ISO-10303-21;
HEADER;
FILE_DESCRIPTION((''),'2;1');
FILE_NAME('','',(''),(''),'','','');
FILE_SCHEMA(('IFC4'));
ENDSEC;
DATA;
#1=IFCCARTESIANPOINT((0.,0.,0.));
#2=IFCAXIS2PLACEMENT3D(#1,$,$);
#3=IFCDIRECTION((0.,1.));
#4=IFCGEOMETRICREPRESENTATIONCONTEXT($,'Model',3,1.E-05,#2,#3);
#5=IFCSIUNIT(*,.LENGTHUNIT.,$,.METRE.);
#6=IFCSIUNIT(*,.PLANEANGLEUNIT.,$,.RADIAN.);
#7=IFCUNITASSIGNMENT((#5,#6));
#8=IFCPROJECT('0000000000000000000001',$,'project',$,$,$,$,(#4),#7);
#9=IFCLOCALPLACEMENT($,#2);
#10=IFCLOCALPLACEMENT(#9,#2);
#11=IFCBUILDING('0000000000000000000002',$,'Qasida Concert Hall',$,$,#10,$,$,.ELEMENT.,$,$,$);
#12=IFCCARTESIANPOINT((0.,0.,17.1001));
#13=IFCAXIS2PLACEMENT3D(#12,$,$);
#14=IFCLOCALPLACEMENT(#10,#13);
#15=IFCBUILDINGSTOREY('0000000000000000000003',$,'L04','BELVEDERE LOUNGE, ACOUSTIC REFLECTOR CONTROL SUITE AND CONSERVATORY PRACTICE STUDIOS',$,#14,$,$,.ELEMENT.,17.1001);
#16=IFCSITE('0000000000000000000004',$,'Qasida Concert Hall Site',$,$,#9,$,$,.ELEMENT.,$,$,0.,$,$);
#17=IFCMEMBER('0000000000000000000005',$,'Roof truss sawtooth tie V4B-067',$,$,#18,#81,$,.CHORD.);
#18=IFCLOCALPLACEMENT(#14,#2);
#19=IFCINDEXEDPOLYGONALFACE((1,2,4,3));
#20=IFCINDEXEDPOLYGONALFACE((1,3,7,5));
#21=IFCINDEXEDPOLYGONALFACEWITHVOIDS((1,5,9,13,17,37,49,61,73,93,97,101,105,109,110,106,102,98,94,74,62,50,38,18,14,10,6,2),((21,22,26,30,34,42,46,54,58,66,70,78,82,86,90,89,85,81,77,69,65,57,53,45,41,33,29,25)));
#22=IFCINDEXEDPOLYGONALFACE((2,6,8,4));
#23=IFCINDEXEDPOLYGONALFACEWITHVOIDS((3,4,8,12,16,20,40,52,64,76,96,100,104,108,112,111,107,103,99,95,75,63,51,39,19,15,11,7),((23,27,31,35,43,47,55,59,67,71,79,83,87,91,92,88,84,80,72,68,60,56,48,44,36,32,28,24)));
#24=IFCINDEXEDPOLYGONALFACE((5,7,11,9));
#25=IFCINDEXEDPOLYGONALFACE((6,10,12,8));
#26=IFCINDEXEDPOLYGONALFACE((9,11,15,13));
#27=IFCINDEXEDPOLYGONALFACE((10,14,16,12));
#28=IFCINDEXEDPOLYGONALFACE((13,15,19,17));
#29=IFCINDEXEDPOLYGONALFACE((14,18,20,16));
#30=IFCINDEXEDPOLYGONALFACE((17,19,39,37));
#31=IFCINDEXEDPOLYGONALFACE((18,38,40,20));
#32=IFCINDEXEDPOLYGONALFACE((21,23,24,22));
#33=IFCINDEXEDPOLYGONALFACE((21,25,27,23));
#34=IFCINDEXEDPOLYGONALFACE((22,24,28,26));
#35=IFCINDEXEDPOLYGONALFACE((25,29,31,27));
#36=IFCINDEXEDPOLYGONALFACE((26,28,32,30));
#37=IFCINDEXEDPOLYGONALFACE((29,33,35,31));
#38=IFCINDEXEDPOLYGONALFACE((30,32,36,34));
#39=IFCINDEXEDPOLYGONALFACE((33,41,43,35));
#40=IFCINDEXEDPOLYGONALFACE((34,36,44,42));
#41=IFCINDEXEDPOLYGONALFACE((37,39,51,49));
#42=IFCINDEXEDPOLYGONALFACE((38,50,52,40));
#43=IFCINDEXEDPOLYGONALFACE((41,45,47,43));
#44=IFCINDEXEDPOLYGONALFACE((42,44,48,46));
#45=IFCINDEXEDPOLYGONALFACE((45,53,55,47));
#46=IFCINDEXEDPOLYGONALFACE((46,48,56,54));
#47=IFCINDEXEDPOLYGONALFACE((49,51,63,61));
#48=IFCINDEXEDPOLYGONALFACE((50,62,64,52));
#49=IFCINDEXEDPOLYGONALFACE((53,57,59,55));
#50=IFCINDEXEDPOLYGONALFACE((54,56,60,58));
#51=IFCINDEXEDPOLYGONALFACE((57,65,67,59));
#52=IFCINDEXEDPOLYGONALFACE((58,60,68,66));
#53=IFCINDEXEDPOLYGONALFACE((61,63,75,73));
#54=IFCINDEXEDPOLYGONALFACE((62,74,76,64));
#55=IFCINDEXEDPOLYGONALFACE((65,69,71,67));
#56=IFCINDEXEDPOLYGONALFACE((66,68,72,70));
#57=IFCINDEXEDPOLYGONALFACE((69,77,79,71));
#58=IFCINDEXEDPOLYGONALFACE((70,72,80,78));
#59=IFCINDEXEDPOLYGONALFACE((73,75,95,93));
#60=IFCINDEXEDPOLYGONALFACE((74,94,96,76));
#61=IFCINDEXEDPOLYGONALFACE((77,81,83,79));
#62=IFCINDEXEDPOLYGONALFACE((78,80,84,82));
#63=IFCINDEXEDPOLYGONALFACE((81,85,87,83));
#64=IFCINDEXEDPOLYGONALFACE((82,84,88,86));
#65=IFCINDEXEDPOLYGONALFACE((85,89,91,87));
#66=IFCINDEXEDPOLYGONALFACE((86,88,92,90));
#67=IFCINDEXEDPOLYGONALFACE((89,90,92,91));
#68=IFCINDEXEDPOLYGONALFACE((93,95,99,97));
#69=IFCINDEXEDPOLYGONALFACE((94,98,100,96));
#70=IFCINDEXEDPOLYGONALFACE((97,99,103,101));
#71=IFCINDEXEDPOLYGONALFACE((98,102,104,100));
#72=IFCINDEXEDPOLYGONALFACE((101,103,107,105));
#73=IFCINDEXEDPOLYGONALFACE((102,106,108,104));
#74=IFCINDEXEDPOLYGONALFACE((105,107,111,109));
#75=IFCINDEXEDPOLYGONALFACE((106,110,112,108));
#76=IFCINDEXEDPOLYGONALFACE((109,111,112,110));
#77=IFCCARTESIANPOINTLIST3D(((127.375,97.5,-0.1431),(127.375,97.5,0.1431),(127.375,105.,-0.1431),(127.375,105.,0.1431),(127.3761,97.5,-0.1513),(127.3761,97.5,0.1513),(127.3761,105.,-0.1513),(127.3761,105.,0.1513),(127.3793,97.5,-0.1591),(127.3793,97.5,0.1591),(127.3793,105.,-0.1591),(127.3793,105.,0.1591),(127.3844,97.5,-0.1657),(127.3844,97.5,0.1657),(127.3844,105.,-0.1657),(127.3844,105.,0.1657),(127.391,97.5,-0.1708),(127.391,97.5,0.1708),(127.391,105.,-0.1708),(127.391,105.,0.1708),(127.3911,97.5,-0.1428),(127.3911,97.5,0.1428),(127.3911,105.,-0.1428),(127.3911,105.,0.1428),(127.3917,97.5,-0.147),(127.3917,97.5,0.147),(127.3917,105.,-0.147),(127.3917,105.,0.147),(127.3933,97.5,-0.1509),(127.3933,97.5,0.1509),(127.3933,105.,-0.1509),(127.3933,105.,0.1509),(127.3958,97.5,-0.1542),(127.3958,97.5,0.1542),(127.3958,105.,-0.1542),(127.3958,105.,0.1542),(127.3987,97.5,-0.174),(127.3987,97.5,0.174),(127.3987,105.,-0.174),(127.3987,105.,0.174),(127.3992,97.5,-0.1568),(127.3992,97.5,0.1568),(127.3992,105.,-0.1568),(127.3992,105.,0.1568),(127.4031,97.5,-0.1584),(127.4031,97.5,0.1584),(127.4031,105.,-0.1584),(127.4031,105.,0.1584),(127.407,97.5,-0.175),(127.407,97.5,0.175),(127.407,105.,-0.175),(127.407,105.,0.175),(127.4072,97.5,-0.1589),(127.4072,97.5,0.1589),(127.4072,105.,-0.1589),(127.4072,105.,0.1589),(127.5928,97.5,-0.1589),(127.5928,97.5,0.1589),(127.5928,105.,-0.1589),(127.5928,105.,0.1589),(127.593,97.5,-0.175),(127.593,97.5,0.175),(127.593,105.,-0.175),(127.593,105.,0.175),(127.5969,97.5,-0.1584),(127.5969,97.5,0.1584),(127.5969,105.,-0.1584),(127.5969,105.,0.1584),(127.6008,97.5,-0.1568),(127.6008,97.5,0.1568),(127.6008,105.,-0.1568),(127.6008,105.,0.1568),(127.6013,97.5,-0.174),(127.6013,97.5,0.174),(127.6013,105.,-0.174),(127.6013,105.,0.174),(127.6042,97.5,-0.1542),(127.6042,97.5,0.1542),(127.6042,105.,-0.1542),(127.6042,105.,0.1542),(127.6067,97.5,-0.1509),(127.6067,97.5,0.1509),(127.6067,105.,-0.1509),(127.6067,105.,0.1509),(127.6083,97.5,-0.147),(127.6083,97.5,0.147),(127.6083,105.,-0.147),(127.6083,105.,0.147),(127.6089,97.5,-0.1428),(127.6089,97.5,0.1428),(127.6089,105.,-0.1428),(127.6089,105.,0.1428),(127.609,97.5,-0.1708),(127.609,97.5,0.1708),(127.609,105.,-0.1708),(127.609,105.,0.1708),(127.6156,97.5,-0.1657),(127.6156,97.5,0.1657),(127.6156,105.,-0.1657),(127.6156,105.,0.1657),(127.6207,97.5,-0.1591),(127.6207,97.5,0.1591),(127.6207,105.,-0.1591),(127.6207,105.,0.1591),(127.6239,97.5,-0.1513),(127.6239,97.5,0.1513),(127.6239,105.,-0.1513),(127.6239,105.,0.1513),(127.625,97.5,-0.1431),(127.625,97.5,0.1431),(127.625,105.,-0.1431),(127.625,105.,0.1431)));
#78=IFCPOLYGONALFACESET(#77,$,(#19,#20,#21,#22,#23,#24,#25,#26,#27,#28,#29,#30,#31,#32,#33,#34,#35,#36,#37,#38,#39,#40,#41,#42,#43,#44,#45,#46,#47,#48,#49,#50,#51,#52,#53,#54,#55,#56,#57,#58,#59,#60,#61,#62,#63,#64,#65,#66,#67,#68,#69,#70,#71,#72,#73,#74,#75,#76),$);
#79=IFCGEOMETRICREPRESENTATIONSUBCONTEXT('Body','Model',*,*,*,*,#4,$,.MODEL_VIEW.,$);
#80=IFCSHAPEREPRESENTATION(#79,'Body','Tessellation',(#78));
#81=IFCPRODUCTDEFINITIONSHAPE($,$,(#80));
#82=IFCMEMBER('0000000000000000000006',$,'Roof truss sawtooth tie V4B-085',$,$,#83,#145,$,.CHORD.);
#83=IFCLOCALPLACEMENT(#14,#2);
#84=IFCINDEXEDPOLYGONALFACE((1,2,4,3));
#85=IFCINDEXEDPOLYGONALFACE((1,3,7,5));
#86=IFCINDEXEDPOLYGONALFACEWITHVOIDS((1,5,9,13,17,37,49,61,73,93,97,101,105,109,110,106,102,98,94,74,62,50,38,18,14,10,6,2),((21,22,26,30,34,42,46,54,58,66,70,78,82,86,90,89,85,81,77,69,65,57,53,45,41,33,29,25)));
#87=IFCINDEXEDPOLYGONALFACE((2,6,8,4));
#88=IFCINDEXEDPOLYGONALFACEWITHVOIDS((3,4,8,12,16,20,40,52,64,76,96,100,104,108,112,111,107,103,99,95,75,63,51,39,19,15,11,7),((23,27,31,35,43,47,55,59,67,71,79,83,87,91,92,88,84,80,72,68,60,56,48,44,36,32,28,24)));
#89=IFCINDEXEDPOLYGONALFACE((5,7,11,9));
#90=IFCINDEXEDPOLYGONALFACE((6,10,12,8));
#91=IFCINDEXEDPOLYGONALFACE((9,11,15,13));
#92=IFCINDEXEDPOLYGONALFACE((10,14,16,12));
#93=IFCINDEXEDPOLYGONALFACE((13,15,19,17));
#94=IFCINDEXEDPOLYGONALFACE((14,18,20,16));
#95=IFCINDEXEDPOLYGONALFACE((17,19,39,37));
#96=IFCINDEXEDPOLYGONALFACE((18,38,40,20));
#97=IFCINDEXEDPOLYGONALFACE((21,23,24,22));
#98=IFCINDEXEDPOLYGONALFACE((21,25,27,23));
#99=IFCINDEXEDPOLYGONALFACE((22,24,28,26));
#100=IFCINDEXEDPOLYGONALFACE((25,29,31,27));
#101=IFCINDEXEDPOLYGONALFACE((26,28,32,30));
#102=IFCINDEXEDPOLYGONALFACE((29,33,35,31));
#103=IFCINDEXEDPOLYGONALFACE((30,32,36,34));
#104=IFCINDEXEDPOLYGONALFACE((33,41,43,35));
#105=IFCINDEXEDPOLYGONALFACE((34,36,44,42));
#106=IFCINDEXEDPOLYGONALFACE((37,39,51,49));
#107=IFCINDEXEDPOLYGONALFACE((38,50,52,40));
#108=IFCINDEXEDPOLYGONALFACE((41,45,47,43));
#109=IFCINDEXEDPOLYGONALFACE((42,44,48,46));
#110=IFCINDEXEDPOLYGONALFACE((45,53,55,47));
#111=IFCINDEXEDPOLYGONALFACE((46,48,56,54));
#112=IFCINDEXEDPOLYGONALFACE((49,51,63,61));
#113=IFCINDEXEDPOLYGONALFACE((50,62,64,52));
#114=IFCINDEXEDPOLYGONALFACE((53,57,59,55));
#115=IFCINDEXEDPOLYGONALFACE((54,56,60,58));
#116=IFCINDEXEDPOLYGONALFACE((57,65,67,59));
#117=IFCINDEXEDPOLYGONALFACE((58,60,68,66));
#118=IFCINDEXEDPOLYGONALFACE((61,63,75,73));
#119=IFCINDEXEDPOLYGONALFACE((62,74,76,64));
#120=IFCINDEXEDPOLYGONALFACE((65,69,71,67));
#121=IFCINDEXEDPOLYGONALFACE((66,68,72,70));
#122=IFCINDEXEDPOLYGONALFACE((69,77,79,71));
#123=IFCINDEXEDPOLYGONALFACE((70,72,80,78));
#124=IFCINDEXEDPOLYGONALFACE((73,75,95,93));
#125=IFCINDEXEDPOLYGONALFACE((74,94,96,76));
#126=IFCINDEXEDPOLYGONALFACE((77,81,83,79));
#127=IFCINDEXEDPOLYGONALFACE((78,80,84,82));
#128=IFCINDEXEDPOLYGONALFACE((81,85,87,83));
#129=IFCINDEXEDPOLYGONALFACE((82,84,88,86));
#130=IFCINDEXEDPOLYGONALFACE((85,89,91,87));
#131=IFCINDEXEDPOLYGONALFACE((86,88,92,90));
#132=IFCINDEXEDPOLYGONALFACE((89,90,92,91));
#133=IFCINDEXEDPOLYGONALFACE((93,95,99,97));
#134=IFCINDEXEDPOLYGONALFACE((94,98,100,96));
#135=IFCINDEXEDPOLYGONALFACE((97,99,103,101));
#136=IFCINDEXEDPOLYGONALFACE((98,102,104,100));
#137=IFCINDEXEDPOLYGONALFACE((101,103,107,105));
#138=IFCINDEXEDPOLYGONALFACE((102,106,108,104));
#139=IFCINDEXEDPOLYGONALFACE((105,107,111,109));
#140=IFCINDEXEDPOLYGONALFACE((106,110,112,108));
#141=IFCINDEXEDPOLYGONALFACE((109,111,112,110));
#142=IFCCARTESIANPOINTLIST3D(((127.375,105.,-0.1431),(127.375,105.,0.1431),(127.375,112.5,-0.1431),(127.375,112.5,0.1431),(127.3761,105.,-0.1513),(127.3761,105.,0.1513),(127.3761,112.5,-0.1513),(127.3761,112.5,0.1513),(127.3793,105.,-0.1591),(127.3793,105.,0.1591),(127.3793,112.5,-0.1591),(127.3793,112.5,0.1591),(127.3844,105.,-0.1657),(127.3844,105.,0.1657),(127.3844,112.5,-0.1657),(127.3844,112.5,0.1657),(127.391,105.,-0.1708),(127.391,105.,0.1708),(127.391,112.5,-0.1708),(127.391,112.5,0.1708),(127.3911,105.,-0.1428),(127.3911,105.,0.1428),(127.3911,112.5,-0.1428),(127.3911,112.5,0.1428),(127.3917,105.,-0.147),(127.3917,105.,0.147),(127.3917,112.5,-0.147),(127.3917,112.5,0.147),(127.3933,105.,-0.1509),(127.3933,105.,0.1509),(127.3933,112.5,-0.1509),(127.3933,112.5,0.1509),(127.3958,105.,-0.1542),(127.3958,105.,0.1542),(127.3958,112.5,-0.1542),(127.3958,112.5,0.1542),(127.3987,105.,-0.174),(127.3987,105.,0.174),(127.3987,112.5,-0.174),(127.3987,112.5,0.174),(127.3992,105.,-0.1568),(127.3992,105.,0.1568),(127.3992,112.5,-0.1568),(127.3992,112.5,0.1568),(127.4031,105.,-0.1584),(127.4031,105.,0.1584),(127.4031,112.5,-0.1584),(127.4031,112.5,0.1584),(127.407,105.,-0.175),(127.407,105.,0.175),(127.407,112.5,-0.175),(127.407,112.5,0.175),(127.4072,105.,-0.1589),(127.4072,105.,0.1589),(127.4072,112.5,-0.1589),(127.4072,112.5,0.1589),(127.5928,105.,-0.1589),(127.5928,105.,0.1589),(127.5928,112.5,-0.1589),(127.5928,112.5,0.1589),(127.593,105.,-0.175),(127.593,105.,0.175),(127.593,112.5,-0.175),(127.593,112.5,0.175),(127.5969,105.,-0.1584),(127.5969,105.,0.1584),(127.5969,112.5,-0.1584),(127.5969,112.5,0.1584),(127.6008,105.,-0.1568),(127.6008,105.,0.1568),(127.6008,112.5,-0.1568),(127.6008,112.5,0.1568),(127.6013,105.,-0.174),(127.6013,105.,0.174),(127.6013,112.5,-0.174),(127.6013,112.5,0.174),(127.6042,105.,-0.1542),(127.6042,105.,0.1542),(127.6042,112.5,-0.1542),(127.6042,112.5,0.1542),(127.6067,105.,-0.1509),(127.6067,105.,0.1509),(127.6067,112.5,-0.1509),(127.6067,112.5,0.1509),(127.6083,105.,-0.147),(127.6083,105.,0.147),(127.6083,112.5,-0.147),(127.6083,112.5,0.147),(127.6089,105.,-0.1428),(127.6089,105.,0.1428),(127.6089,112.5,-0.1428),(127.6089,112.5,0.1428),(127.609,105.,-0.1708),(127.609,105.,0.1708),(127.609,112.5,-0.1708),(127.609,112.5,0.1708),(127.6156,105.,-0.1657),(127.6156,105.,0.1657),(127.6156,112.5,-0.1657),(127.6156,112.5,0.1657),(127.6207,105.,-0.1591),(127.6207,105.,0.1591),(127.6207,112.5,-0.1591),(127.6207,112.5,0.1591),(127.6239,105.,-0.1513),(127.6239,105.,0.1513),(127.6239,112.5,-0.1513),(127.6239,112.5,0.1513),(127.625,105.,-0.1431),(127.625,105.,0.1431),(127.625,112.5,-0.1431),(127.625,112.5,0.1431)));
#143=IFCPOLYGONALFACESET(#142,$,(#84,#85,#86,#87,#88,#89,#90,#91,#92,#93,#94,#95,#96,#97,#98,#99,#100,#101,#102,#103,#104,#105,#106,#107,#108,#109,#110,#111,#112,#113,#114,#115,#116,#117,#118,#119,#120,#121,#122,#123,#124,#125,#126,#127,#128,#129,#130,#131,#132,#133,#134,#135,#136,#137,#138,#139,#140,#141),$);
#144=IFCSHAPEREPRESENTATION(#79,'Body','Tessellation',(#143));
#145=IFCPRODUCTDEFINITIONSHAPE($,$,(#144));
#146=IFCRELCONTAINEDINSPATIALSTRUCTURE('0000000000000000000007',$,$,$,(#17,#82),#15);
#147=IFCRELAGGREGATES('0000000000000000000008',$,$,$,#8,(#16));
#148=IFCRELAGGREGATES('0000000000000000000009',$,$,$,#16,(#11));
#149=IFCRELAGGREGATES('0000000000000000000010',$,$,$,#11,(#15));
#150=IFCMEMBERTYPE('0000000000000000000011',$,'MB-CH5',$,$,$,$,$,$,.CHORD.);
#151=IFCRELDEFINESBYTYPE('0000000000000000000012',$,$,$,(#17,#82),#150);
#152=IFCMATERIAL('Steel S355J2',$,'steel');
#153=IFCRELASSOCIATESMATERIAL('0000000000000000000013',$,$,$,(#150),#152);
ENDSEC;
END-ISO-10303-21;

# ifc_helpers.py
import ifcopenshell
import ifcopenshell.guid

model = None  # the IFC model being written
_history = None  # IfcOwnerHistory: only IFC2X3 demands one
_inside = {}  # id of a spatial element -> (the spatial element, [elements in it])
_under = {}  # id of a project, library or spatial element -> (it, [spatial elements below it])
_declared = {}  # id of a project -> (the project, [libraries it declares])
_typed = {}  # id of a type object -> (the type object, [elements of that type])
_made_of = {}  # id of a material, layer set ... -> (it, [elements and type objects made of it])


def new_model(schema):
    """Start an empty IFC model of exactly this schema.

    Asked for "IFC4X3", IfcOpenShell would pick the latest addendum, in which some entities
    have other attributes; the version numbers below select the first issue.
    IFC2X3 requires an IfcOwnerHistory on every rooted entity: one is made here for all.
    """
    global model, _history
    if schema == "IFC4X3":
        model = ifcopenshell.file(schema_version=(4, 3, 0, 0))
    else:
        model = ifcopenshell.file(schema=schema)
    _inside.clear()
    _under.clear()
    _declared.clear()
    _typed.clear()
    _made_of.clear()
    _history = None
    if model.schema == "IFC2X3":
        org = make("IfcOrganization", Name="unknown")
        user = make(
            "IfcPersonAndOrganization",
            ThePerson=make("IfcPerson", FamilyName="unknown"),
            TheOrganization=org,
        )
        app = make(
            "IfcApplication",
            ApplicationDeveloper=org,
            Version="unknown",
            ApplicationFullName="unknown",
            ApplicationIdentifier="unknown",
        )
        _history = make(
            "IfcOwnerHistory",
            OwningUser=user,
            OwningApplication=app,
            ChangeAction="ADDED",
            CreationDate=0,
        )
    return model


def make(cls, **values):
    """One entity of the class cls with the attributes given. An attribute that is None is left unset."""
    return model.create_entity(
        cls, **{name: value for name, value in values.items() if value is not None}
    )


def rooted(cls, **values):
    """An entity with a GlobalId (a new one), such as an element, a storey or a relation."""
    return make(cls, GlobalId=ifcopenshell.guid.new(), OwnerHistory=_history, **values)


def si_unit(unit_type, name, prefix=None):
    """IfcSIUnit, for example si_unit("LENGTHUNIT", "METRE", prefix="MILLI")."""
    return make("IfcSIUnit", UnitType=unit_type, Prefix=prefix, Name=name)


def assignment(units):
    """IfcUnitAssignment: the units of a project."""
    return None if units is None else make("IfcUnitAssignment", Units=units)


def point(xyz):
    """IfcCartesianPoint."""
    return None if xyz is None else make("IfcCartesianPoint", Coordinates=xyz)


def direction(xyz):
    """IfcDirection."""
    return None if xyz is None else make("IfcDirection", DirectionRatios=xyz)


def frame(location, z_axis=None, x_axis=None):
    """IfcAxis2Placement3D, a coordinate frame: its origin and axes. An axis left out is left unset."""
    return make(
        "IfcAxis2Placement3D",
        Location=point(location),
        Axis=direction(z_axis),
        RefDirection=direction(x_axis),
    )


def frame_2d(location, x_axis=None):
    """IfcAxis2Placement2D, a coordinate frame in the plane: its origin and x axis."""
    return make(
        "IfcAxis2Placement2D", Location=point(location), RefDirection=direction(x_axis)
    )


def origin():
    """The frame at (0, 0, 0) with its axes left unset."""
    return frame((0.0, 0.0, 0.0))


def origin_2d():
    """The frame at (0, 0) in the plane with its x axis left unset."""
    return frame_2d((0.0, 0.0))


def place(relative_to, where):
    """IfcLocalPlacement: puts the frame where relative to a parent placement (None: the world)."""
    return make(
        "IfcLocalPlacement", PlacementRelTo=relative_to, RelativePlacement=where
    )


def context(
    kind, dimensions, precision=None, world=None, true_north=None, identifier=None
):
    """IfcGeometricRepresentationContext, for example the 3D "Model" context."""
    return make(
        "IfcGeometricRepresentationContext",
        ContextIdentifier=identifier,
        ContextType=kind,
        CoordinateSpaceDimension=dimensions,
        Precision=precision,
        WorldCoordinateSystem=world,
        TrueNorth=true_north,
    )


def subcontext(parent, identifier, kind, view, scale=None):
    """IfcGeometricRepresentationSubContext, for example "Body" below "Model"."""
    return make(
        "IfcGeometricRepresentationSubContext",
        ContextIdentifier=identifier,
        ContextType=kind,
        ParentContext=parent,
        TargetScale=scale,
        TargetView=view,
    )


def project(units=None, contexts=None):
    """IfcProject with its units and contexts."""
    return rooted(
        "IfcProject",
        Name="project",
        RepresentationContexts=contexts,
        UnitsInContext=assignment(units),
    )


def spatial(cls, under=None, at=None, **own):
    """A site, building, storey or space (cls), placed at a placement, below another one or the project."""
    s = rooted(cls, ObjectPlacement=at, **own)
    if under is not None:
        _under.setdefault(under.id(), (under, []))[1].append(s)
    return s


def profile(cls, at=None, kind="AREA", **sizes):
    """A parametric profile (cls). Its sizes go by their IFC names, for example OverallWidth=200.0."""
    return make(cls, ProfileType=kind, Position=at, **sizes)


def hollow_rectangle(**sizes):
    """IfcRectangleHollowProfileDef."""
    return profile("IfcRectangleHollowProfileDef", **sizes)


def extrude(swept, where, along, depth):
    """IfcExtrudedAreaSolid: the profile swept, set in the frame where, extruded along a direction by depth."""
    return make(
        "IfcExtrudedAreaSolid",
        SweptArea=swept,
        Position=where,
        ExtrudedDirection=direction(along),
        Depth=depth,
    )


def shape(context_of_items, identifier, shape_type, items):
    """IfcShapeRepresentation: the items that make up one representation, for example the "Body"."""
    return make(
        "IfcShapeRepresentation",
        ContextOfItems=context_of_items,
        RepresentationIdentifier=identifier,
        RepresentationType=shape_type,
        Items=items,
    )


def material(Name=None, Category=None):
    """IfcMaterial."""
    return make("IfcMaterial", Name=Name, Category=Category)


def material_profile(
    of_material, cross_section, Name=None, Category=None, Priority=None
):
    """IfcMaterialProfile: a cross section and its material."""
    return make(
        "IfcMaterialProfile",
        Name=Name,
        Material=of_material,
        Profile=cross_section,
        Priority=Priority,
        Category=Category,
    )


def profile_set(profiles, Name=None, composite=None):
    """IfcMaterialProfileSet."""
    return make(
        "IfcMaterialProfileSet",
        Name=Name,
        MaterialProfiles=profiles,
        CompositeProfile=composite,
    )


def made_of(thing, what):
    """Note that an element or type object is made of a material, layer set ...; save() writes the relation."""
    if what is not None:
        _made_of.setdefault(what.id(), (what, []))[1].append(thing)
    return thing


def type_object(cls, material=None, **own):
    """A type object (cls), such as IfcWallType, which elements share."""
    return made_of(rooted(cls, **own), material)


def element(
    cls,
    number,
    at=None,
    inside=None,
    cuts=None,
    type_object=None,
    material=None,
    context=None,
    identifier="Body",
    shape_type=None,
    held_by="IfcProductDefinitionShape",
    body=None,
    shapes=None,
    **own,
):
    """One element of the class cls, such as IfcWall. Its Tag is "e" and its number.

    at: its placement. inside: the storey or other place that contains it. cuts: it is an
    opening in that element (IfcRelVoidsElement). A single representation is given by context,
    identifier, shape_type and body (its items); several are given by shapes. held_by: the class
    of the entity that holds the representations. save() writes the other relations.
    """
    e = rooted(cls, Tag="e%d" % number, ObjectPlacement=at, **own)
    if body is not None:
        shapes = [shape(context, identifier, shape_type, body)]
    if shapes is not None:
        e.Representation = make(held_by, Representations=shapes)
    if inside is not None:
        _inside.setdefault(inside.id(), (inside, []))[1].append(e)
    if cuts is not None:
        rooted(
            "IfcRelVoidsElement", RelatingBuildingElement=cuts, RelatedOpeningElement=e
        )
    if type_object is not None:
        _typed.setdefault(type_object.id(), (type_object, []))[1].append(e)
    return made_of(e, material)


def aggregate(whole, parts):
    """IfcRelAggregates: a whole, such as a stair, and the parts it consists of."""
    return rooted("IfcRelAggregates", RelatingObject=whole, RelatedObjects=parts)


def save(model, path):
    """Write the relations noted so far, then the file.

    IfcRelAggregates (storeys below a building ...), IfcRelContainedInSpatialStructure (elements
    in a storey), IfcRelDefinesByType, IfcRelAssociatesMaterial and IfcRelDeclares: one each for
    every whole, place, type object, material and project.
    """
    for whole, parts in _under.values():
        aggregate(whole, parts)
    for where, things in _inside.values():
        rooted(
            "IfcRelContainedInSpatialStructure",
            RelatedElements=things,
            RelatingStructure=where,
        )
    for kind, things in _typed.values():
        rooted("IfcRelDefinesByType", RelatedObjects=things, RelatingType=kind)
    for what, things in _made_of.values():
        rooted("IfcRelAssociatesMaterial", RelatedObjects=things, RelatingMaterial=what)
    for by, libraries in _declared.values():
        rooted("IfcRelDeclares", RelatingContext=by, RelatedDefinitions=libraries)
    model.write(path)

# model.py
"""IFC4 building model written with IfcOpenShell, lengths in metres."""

from ifc_helpers import new_model, si_unit, direction, frame, origin, origin_2d, place, context, subcontext, project, spatial, hollow_rectangle, extrude, material, material_profile, profile_set, type_object, element, save


model = new_model("IFC4")

# Units and contexts
model_context = context("Model", 3, precision=1e-05, world=origin(), true_north=direction((0.0, 1.0)))
body_context = subcontext(model_context, "Body", "Model", "MODEL_VIEW")
ifc_project = project(units=[si_unit("LENGTHUNIT", "METRE"), si_unit("PLANEANGLEUNIT", "RADIAN")], contexts=[model_context])

# Site, building, storey
site_placement = place(None, origin())
site = spatial("IfcSite", under=ifc_project, at=site_placement, Name="Qasida Concert Hall Site", CompositionType="ELEMENT", RefElevation=0.0)
building_placement = place(site_placement, origin())
building = spatial("IfcBuilding", under=site, at=building_placement, Name="Qasida Concert Hall", CompositionType="ELEMENT")
storey_placement = place(building_placement, frame((0.0, 0.0, 17.1001)))
storey = spatial("IfcBuildingStorey", under=building, at=storey_placement, Name="L04", Description="BELVEDERE LOUNGE, ACOUSTIC REFLECTOR CONTROL SUITE AND CONSERVATORY PRACTICE STUDIOS", CompositionType="ELEMENT", Elevation=17.1001)

# Members
ifc_material_1 = material(Name="Steel S355J2", Category="steel")
ifc_material_profile_1 = material_profile(ifc_material_1, hollow_rectangle(XDim=0.25, YDim=0.3501, WallThickness=0.0161, InnerFilletRadius=0.0161, OuterFilletRadius=0.032, at=origin_2d()), Name="RHS 350x250x16")
ifc_profile_set_1 = profile_set([ifc_material_profile_1], Name="Steel S355J2")
member_type_1 = type_object("IfcMemberType", Name="MB-CH5", PredefinedType="CHORD", material=ifc_profile_set_1)
for number, where, z_axis, x_axis, name in (
    (1, (127.5, 97.5, 0.0), (0.0, 1.0, 0.0), (-1.0, 0.0, 0.0), "Roof truss sawtooth tie V4B-067"),
    (2, (127.5, 105.0, 0.0), (0.0, 1.0, 0.0), (-1.0, 0.0, 0.0), "Roof truss sawtooth tie V4B-085"),
):
    element("IfcMember", number, at=place(storey_placement, frame(where, z_axis=z_axis, x_axis=x_axis)), inside=storey, type_object=member_type_1, Name=name, PredefinedType="CHORD", context=body_context, shape_type="SweptSolid", body=[
        extrude(hollow_rectangle(XDim=0.25, YDim=0.3501, WallThickness=0.0161, InnerFilletRadius=0.0161, OuterFilletRadius=0.032, at=origin_2d()), origin(), (0.0, 0.0, 1.0), 7.5),
    ])

save(model, "model.ifc")
